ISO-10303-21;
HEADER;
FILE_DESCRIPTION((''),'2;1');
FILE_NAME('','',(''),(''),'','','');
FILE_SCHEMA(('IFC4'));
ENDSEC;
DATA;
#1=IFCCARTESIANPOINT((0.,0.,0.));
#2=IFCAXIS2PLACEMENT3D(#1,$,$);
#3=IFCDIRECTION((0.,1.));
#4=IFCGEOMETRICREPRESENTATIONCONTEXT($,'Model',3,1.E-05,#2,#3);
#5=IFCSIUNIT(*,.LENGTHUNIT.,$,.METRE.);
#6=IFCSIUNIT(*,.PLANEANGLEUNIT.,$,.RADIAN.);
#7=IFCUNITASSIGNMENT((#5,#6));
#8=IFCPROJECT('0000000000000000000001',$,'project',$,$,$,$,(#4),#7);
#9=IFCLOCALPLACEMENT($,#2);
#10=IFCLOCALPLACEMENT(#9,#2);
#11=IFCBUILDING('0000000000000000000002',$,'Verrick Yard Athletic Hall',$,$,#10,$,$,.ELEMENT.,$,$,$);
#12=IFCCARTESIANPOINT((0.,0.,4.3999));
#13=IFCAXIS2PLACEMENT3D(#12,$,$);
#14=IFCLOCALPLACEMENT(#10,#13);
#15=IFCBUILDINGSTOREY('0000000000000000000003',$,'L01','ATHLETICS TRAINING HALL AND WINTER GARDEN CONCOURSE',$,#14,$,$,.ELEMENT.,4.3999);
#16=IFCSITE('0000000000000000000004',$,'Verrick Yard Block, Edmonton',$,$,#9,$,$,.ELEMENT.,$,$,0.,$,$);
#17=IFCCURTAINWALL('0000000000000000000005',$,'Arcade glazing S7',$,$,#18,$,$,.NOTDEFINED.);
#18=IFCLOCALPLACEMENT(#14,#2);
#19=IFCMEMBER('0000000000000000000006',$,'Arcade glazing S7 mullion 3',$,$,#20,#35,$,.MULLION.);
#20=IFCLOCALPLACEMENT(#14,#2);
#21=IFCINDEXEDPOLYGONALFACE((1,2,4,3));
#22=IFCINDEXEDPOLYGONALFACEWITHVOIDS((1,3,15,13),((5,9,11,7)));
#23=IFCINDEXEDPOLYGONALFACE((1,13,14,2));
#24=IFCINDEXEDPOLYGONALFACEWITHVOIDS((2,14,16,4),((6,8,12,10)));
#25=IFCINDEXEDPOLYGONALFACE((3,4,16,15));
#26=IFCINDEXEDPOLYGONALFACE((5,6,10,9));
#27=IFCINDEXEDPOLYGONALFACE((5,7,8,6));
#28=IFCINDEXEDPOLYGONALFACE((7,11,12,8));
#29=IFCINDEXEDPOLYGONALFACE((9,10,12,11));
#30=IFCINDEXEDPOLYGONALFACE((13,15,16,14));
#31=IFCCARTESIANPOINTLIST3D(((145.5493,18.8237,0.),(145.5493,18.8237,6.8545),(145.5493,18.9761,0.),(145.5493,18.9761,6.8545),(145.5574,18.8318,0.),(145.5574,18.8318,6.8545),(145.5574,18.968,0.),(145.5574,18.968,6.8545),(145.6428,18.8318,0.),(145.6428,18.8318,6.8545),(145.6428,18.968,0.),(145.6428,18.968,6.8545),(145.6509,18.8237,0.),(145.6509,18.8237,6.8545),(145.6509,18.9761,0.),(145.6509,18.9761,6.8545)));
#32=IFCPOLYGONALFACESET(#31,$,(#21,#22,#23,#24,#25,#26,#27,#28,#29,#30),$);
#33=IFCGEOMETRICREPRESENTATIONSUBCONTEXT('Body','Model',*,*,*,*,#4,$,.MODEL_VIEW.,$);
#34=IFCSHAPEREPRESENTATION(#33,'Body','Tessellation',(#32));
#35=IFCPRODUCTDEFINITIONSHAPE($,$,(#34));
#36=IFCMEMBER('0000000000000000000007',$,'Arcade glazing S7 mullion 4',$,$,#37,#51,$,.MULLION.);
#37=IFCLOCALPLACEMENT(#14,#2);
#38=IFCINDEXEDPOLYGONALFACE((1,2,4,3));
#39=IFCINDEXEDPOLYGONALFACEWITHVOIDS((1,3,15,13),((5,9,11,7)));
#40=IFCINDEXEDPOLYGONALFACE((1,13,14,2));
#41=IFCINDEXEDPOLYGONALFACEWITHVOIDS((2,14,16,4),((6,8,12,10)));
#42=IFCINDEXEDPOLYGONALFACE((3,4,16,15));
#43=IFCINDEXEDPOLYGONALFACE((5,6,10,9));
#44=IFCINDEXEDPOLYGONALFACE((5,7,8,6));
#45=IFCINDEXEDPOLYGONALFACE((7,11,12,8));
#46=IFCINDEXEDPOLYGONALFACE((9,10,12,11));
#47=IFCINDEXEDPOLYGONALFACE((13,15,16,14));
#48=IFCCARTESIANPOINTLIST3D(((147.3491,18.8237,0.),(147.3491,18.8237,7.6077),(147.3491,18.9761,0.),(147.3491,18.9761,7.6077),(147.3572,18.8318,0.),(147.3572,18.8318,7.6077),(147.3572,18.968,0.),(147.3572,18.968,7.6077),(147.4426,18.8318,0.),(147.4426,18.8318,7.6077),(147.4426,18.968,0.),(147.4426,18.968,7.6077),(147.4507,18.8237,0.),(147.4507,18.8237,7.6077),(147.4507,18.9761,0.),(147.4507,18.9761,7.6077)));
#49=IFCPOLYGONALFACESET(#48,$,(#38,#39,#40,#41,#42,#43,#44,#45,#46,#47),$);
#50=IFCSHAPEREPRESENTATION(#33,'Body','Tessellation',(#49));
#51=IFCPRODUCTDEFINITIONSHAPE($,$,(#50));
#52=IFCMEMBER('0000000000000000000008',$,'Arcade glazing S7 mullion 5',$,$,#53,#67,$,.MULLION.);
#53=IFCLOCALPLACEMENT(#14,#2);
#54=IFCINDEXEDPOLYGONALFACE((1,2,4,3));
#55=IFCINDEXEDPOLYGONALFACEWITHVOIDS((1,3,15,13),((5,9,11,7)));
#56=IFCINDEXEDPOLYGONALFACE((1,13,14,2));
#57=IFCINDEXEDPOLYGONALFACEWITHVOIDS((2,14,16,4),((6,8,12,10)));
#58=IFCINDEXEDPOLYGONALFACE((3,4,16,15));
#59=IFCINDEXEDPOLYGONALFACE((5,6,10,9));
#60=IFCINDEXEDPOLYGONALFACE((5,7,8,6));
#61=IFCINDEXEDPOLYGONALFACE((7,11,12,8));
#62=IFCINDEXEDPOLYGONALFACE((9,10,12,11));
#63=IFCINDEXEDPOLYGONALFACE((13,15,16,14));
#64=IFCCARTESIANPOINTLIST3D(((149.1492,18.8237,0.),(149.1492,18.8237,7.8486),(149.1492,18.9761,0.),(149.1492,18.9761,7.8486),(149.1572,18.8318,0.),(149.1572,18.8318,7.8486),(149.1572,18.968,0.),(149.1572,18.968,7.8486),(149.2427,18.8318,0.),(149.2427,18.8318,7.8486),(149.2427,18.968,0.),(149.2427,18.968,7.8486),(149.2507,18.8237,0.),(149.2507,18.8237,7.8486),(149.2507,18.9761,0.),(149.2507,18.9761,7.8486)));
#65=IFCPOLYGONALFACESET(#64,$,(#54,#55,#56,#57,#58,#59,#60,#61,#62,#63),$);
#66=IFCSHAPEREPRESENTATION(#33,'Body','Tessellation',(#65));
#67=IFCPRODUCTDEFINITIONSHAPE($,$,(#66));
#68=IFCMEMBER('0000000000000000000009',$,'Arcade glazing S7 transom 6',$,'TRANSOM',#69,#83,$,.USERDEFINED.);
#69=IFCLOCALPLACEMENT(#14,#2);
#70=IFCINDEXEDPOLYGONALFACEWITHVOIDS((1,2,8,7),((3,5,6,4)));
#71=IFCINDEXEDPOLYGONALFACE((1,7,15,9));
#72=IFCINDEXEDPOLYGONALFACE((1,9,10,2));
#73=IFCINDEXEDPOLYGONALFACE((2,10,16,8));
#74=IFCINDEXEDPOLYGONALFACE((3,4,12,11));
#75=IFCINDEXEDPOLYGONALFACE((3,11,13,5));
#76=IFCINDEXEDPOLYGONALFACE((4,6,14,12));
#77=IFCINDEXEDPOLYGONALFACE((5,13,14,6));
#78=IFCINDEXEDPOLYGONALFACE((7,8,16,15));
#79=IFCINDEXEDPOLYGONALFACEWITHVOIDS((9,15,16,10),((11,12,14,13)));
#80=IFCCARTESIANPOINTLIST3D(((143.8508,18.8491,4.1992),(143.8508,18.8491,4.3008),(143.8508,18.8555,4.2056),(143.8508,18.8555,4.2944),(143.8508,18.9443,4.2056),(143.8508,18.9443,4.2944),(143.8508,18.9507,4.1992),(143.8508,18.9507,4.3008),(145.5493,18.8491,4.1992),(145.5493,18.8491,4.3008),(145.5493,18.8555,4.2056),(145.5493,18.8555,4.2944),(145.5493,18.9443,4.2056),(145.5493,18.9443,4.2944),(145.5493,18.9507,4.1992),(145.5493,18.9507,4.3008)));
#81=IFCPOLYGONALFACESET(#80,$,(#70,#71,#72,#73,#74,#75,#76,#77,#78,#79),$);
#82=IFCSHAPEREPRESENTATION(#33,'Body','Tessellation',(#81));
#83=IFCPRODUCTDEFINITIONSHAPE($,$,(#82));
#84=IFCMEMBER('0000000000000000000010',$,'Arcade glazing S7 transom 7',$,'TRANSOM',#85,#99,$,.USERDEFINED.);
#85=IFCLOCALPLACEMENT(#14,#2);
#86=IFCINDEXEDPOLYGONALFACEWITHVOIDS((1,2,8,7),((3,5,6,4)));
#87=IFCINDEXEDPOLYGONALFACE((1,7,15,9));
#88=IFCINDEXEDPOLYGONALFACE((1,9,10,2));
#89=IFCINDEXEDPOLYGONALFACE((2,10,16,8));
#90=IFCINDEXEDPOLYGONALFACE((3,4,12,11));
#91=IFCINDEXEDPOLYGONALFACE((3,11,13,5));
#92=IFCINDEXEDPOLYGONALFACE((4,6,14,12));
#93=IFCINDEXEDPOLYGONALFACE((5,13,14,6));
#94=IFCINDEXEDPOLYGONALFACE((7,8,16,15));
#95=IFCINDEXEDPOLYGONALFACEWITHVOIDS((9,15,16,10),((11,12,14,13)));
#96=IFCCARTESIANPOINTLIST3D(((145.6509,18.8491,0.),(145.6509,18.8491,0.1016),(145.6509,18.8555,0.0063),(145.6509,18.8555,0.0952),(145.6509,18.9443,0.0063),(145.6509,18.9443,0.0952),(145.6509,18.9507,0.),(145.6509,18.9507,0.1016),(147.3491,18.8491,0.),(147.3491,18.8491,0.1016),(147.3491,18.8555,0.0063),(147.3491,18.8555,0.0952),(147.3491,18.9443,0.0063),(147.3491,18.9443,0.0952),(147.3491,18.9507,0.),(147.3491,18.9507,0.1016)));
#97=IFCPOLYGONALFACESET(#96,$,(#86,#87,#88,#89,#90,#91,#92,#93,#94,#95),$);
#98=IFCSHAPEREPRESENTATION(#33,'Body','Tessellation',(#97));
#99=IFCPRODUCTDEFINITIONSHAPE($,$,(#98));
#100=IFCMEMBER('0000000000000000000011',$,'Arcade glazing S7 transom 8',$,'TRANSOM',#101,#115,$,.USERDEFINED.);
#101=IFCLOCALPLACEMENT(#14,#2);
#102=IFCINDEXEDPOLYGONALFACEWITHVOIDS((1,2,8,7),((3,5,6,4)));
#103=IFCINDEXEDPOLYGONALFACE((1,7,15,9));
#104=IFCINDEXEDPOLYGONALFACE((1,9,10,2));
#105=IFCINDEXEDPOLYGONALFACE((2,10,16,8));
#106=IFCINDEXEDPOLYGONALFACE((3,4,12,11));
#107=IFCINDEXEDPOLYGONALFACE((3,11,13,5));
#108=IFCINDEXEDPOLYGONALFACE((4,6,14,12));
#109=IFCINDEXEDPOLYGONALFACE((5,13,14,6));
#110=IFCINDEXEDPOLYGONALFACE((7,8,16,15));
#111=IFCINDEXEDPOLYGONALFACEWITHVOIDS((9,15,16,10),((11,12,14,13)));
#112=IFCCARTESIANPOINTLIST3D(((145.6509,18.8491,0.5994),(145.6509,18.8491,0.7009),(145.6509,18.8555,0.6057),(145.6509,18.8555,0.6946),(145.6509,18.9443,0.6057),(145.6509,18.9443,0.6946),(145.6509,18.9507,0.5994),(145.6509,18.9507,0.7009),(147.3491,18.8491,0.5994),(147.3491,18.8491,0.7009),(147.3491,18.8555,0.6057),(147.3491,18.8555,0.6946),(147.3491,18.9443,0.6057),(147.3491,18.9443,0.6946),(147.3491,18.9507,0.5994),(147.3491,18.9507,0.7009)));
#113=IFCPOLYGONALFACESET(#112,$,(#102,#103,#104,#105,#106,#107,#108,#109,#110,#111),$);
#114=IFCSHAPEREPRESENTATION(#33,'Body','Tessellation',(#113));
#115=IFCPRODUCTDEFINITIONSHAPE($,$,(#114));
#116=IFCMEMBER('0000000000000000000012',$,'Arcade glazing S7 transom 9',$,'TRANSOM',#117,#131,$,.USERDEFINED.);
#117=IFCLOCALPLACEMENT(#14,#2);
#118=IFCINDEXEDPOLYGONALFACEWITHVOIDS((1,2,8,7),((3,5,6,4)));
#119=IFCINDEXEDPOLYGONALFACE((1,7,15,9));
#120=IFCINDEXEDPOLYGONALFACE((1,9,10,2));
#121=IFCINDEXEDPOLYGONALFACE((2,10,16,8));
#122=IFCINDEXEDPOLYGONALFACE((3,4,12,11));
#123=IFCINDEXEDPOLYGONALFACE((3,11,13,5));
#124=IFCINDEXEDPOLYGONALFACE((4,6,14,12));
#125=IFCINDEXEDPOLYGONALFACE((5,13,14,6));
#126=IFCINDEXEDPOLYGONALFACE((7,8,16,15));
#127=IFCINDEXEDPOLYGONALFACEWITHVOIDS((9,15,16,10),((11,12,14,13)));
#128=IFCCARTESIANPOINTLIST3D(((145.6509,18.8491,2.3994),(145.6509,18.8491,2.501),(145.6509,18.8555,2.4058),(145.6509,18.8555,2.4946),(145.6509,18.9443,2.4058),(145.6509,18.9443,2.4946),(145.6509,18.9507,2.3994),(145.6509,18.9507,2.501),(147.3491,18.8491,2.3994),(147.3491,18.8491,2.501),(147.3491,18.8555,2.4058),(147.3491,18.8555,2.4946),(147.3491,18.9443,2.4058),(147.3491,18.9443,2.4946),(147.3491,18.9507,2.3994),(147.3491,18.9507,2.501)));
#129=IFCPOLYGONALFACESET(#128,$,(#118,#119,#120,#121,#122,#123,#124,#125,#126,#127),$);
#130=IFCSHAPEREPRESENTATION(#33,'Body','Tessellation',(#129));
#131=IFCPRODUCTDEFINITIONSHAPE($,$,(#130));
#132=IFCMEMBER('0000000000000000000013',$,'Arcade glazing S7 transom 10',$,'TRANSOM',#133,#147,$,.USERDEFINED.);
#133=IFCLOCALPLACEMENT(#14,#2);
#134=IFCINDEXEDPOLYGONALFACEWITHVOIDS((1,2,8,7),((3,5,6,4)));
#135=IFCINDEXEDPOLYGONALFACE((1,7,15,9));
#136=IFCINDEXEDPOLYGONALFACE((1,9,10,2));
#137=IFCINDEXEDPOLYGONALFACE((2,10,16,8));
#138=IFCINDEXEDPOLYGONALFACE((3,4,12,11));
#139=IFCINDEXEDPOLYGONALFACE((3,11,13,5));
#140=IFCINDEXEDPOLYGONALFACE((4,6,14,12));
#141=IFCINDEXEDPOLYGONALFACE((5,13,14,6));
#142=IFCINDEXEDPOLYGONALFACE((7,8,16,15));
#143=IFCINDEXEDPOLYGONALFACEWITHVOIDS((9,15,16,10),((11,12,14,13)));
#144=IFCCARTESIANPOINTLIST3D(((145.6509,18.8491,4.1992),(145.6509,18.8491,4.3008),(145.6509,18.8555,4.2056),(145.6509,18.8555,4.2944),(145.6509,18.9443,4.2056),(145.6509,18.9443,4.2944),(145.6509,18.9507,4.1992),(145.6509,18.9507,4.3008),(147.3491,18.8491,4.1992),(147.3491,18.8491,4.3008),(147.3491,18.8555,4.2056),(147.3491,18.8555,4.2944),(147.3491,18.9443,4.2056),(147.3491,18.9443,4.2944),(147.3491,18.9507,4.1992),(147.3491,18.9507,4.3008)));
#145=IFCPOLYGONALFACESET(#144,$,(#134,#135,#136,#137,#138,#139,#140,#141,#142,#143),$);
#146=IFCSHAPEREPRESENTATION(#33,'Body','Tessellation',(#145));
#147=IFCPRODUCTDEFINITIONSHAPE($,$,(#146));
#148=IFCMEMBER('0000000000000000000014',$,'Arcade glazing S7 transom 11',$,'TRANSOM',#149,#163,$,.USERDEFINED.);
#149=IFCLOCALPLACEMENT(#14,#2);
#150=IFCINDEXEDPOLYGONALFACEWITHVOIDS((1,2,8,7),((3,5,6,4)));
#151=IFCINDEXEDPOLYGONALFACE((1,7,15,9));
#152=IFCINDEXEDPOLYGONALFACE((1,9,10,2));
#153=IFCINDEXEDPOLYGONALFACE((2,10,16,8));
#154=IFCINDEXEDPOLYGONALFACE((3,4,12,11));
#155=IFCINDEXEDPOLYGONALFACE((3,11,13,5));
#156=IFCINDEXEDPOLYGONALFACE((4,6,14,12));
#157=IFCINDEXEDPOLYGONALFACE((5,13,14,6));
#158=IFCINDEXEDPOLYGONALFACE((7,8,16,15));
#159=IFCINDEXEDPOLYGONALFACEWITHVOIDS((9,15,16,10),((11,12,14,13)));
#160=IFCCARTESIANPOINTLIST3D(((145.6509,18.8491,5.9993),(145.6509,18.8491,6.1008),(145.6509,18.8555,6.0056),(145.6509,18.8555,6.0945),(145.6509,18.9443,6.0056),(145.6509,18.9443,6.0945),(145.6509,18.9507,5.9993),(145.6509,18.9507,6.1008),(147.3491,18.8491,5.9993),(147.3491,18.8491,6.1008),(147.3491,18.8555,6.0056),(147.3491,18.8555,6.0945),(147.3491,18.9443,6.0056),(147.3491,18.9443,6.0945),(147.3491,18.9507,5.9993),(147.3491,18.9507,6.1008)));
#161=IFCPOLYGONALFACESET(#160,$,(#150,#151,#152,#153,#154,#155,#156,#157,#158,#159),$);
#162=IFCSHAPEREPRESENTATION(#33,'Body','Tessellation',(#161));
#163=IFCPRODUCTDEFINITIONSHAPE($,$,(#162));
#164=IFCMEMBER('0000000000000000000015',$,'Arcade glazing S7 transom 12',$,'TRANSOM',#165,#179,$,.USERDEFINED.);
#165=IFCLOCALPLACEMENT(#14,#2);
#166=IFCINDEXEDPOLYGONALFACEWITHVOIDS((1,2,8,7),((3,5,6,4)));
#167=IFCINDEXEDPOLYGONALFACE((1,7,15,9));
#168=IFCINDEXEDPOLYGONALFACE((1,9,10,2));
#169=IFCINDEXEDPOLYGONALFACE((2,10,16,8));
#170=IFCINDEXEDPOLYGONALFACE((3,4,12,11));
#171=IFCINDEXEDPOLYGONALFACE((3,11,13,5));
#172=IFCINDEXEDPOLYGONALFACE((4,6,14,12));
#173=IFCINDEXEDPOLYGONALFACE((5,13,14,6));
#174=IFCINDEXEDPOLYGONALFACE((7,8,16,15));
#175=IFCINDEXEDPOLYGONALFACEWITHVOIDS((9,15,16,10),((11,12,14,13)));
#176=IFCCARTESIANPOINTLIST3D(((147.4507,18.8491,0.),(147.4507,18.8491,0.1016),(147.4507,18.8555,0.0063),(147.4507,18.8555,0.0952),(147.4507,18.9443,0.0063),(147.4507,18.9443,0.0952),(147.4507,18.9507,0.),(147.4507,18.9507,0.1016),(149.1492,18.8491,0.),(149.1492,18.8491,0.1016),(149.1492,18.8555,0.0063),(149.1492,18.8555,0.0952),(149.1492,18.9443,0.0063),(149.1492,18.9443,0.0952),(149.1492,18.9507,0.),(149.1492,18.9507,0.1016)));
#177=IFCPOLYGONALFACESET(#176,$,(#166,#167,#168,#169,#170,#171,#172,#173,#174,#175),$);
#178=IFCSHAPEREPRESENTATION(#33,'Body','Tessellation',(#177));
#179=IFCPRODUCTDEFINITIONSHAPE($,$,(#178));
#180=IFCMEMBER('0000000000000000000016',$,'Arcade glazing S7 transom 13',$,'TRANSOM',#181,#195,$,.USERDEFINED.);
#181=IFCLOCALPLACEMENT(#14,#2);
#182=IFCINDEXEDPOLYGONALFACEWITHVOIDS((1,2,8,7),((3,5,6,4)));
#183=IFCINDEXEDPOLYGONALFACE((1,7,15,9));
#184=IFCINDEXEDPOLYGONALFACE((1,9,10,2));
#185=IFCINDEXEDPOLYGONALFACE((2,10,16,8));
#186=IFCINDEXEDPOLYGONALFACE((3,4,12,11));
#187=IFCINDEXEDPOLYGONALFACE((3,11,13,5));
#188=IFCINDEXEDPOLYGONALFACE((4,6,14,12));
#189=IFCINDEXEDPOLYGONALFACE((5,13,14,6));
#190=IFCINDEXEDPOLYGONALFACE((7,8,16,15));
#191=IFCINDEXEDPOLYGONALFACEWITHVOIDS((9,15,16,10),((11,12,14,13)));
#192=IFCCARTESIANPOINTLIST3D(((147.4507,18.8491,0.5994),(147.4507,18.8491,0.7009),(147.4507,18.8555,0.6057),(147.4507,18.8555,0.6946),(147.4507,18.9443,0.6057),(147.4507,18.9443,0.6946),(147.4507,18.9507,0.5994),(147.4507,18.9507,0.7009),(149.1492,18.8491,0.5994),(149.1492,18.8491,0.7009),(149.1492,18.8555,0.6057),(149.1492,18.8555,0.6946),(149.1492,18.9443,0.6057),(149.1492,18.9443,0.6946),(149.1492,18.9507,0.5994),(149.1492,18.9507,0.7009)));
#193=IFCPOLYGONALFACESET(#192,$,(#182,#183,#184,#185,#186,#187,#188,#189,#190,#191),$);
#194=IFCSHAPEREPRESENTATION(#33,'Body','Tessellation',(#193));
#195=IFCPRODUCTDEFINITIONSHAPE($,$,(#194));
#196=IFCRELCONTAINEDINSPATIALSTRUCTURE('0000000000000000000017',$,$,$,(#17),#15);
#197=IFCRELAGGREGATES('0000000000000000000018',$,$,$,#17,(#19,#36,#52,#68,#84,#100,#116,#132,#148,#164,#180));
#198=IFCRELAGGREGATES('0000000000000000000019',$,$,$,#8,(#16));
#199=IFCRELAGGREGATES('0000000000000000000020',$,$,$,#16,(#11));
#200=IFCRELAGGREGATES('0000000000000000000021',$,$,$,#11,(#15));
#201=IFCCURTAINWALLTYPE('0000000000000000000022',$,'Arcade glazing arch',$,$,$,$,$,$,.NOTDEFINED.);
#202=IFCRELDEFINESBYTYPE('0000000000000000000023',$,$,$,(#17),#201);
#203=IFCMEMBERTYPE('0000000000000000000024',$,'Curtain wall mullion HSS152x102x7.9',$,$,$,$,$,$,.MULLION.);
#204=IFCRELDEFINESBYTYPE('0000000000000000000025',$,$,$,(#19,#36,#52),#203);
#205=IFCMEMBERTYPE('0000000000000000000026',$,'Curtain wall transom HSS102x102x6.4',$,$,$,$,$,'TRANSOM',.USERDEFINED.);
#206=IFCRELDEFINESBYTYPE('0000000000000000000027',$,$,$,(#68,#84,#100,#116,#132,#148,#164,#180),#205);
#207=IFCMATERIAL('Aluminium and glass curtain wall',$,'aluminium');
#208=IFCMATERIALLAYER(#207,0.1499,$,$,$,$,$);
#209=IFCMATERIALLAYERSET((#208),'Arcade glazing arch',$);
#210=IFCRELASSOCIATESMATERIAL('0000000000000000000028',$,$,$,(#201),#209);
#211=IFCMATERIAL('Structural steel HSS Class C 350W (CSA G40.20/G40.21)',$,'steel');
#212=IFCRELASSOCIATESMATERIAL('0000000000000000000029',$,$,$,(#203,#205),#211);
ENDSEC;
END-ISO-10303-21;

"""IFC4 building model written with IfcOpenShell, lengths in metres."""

from ifc_helpers import new_model, si_unit, direction, frame, origin, origin_2d, place, context, subcontext, project, spatial, hollow_rectangle, extrude, material, layer, layer_set, material_profile, profile_set, type_object, element, aggregate, save


model = new_model("IFC4")

# Units and contexts
model_context = context("Model", 3, precision=1e-05, world=origin(), true_north=direction((0.0, 1.0)))
body_context = subcontext(model_context, "Body", "Model", "MODEL_VIEW")
ifc_project = project(units=[si_unit("LENGTHUNIT", "METRE"), si_unit("PLANEANGLEUNIT", "RADIAN")], contexts=[model_context])

# Site, building, storey
site_placement = place(None, origin())
site = spatial("IfcSite", under=ifc_project, at=site_placement, Name="Verrick Yard Block, Edmonton", CompositionType="ELEMENT", RefElevation=0.0)
building_placement = place(site_placement, origin())
building = spatial("IfcBuilding", under=site, at=building_placement, Name="Verrick Yard Athletic Hall", CompositionType="ELEMENT")
storey_placement = place(building_placement, frame((0.0, 0.0, 4.3999)))
storey = spatial("IfcBuildingStorey", under=building, at=storey_placement, Name="L01", Description="ATHLETICS TRAINING HALL AND WINTER GARDEN CONCOURSE", CompositionType="ELEMENT", Elevation=4.3999)

# Curtain wall, members
ifc_material_1 = material(Name="Aluminium and glass curtain wall", Category="aluminium")
ifc_layer_1 = layer(ifc_material_1, 0.1499)
ifc_layer_set_1 = layer_set([ifc_layer_1], Name="Arcade glazing arch")
curtain_wall_type = type_object("IfcCurtainWallType", Name="Arcade glazing arch", PredefinedType="NOTDEFINED", material=ifc_layer_set_1)
curtain_wall_placement = place(storey_placement, origin())
curtain_wall = element("IfcCurtainWall", 1, at=curtain_wall_placement, inside=storey, type_object=curtain_wall_type, Name="Arcade glazing S7", PredefinedType="NOTDEFINED")
ifc_material_2 = material(Name="Structural steel HSS Class C 350W (CSA G40.20/G40.21)", Category="steel")
ifc_material_profile_1 = material_profile(ifc_material_2, hollow_rectangle(XDim=0.1016, YDim=0.1523, WallThickness=0.0081, at=origin_2d()), Name="HSS152x102x7.9")
ifc_profile_set_1 = profile_set([ifc_material_profile_1], Name="Structural steel HSS Class C 350W (CSA G40.20/G40.21)")
member_type_1 = type_object("IfcMemberType", Name="Curtain wall mullion HSS152x102x7.9", PredefinedType="MULLION", material=ifc_profile_set_1)
member_1_placement = place(storey_placement, frame((145.6001, 18.8999, 0.0), z_axis=(0.0, 0.0, 1.0), x_axis=(1.0, 0.0, 0.0)))
member_1 = element("IfcMember", 2, at=member_1_placement, type_object=member_type_1, Name="Arcade glazing S7 mullion 3", PredefinedType="MULLION", context=body_context, shape_type="SweptSolid", body=[
    extrude(hollow_rectangle(XDim=0.1016, YDim=0.1523, WallThickness=0.0081, at=origin_2d()), origin(), (0.0, 0.0, 1.0), 6.8545),
])
member_2_placement = place(storey_placement, frame((147.3999, 18.8999, 0.0), z_axis=(0.0, 0.0, 1.0), x_axis=(1.0, 0.0, 0.0)))
member_2 = element("IfcMember", 3, at=member_2_placement, type_object=member_type_1, Name="Arcade glazing S7 mullion 4", PredefinedType="MULLION", context=body_context, shape_type="SweptSolid", body=[
    extrude(hollow_rectangle(XDim=0.1016, YDim=0.1523, WallThickness=0.0081, at=origin_2d()), origin(), (0.0, 0.0, 1.0), 7.6077),
])
member_3_placement = place(storey_placement, frame((149.2, 18.8999, 0.0), z_axis=(0.0, 0.0, 1.0), x_axis=(1.0, 0.0, 0.0)))
member_3 = element("IfcMember", 4, at=member_3_placement, type_object=member_type_1, Name="Arcade glazing S7 mullion 5", PredefinedType="MULLION", context=body_context, shape_type="SweptSolid", body=[
    extrude(hollow_rectangle(XDim=0.1016, YDim=0.1523, WallThickness=0.0081, at=origin_2d()), origin(), (0.0, 0.0, 1.0), 7.8486),
])
ifc_material_profile_2 = material_profile(ifc_material_2, hollow_rectangle(XDim=0.1016, YDim=0.1016, WallThickness=0.0063, at=origin_2d()), Name="HSS102x102x6.4")
ifc_profile_set_2 = profile_set([ifc_material_profile_2], Name="Structural steel HSS Class C 350W (CSA G40.20/G40.21)")
member_type_2 = type_object("IfcMemberType", Name="Curtain wall transom HSS102x102x6.4", ElementType="TRANSOM", PredefinedType="USERDEFINED", material=ifc_profile_set_2)
member_4_placement = place(storey_placement, frame((143.8508, 18.8999, 4.25), z_axis=(1.0, 0.0, 0.0), x_axis=(0.0, 1.0, 0.0)))
member_4 = element("IfcMember", 5, at=member_4_placement, type_object=member_type_2, Name="Arcade glazing S7 transom 6", ObjectType="TRANSOM", PredefinedType="USERDEFINED", context=body_context, shape_type="SweptSolid", body=[
    extrude(hollow_rectangle(XDim=0.1016, YDim=0.1016, WallThickness=0.0063, at=origin_2d()), origin(), (0.0, 0.0, 1.0), 1.6985),
])
member_5_placement = place(storey_placement, frame((145.6509, 18.8999, 0.0508), z_axis=(1.0, 0.0, 0.0), x_axis=(0.0, 1.0, 0.0)))
member_5 = element("IfcMember", 6, at=member_5_placement, type_object=member_type_2, Name="Arcade glazing S7 transom 7", ObjectType="TRANSOM", PredefinedType="USERDEFINED", context=body_context, shape_type="SweptSolid", body=[
    extrude(hollow_rectangle(XDim=0.1016, YDim=0.1016, WallThickness=0.0063, at=origin_2d()), origin(), (0.0, 0.0, 1.0), 1.6982),
])
member_6_placement = place(storey_placement, frame((145.6509, 18.8999, 0.6501), z_axis=(1.0, 0.0, 0.0), x_axis=(0.0, 1.0, 0.0)))
member_6 = element("IfcMember", 7, at=member_6_placement, type_object=member_type_2, Name="Arcade glazing S7 transom 8", ObjectType="TRANSOM", PredefinedType="USERDEFINED", context=body_context, shape_type="SweptSolid", body=[
    extrude(hollow_rectangle(XDim=0.1016, YDim=0.1016, WallThickness=0.0063, at=origin_2d()), origin(), (0.0, 0.0, 1.0), 1.6982),
])
member_7_placement = place(storey_placement, frame((145.6509, 18.8999, 2.4502), z_axis=(1.0, 0.0, 0.0), x_axis=(0.0, 1.0, 0.0)))
member_7 = element("IfcMember", 8, at=member_7_placement, type_object=member_type_2, Name="Arcade glazing S7 transom 9", ObjectType="TRANSOM", PredefinedType="USERDEFINED", context=body_context, shape_type="SweptSolid", body=[
    extrude(hollow_rectangle(XDim=0.1016, YDim=0.1016, WallThickness=0.0063, at=origin_2d()), origin(), (0.0, 0.0, 1.0), 1.6982),
])
member_8_placement = place(storey_placement, frame((145.6509, 18.8999, 4.25), z_axis=(1.0, 0.0, 0.0), x_axis=(0.0, 1.0, 0.0)))
member_8 = element("IfcMember", 9, at=member_8_placement, type_object=member_type_2, Name="Arcade glazing S7 transom 10", ObjectType="TRANSOM", PredefinedType="USERDEFINED", context=body_context, shape_type="SweptSolid", body=[
    extrude(hollow_rectangle(XDim=0.1016, YDim=0.1016, WallThickness=0.0063, at=origin_2d()), origin(), (0.0, 0.0, 1.0), 1.6982),
])
member_9_placement = place(storey_placement, frame((145.6509, 18.8999, 6.05), z_axis=(1.0, 0.0, 0.0), x_axis=(0.0, 1.0, 0.0)))
member_9 = element("IfcMember", 10, at=member_9_placement, type_object=member_type_2, Name="Arcade glazing S7 transom 11", ObjectType="TRANSOM", PredefinedType="USERDEFINED", context=body_context, shape_type="SweptSolid", body=[
    extrude(hollow_rectangle(XDim=0.1016, YDim=0.1016, WallThickness=0.0063, at=origin_2d()), origin(), (0.0, 0.0, 1.0), 1.6982),
])
member_10_placement = place(storey_placement, frame((147.4507, 18.8999, 0.0508), z_axis=(1.0, 0.0, 0.0), x_axis=(0.0, 1.0, 0.0)))
member_10 = element("IfcMember", 11, at=member_10_placement, type_object=member_type_2, Name="Arcade glazing S7 transom 12", ObjectType="TRANSOM", PredefinedType="USERDEFINED", context=body_context, shape_type="SweptSolid", body=[
    extrude(hollow_rectangle(XDim=0.1016, YDim=0.1016, WallThickness=0.0063, at=origin_2d()), origin(), (0.0, 0.0, 1.0), 1.6985),
])
member_11_placement = place(storey_placement, frame((147.4507, 18.8999, 0.6501), z_axis=(1.0, 0.0, 0.0), x_axis=(0.0, 1.0, 0.0)))
member_11 = element("IfcMember", 12, at=member_11_placement, type_object=member_type_2, Name="Arcade glazing S7 transom 13", ObjectType="TRANSOM", PredefinedType="USERDEFINED", context=body_context, shape_type="SweptSolid", body=[
    extrude(hollow_rectangle(XDim=0.1016, YDim=0.1016, WallThickness=0.0063, at=origin_2d()), origin(), (0.0, 0.0, 1.0), 1.6985),
])
aggregate(curtain_wall, [member_1, member_2, member_3, member_4, member_5, member_6, member_7, member_8, member_9, member_10, member_11])

save(model, "model.ifc")
